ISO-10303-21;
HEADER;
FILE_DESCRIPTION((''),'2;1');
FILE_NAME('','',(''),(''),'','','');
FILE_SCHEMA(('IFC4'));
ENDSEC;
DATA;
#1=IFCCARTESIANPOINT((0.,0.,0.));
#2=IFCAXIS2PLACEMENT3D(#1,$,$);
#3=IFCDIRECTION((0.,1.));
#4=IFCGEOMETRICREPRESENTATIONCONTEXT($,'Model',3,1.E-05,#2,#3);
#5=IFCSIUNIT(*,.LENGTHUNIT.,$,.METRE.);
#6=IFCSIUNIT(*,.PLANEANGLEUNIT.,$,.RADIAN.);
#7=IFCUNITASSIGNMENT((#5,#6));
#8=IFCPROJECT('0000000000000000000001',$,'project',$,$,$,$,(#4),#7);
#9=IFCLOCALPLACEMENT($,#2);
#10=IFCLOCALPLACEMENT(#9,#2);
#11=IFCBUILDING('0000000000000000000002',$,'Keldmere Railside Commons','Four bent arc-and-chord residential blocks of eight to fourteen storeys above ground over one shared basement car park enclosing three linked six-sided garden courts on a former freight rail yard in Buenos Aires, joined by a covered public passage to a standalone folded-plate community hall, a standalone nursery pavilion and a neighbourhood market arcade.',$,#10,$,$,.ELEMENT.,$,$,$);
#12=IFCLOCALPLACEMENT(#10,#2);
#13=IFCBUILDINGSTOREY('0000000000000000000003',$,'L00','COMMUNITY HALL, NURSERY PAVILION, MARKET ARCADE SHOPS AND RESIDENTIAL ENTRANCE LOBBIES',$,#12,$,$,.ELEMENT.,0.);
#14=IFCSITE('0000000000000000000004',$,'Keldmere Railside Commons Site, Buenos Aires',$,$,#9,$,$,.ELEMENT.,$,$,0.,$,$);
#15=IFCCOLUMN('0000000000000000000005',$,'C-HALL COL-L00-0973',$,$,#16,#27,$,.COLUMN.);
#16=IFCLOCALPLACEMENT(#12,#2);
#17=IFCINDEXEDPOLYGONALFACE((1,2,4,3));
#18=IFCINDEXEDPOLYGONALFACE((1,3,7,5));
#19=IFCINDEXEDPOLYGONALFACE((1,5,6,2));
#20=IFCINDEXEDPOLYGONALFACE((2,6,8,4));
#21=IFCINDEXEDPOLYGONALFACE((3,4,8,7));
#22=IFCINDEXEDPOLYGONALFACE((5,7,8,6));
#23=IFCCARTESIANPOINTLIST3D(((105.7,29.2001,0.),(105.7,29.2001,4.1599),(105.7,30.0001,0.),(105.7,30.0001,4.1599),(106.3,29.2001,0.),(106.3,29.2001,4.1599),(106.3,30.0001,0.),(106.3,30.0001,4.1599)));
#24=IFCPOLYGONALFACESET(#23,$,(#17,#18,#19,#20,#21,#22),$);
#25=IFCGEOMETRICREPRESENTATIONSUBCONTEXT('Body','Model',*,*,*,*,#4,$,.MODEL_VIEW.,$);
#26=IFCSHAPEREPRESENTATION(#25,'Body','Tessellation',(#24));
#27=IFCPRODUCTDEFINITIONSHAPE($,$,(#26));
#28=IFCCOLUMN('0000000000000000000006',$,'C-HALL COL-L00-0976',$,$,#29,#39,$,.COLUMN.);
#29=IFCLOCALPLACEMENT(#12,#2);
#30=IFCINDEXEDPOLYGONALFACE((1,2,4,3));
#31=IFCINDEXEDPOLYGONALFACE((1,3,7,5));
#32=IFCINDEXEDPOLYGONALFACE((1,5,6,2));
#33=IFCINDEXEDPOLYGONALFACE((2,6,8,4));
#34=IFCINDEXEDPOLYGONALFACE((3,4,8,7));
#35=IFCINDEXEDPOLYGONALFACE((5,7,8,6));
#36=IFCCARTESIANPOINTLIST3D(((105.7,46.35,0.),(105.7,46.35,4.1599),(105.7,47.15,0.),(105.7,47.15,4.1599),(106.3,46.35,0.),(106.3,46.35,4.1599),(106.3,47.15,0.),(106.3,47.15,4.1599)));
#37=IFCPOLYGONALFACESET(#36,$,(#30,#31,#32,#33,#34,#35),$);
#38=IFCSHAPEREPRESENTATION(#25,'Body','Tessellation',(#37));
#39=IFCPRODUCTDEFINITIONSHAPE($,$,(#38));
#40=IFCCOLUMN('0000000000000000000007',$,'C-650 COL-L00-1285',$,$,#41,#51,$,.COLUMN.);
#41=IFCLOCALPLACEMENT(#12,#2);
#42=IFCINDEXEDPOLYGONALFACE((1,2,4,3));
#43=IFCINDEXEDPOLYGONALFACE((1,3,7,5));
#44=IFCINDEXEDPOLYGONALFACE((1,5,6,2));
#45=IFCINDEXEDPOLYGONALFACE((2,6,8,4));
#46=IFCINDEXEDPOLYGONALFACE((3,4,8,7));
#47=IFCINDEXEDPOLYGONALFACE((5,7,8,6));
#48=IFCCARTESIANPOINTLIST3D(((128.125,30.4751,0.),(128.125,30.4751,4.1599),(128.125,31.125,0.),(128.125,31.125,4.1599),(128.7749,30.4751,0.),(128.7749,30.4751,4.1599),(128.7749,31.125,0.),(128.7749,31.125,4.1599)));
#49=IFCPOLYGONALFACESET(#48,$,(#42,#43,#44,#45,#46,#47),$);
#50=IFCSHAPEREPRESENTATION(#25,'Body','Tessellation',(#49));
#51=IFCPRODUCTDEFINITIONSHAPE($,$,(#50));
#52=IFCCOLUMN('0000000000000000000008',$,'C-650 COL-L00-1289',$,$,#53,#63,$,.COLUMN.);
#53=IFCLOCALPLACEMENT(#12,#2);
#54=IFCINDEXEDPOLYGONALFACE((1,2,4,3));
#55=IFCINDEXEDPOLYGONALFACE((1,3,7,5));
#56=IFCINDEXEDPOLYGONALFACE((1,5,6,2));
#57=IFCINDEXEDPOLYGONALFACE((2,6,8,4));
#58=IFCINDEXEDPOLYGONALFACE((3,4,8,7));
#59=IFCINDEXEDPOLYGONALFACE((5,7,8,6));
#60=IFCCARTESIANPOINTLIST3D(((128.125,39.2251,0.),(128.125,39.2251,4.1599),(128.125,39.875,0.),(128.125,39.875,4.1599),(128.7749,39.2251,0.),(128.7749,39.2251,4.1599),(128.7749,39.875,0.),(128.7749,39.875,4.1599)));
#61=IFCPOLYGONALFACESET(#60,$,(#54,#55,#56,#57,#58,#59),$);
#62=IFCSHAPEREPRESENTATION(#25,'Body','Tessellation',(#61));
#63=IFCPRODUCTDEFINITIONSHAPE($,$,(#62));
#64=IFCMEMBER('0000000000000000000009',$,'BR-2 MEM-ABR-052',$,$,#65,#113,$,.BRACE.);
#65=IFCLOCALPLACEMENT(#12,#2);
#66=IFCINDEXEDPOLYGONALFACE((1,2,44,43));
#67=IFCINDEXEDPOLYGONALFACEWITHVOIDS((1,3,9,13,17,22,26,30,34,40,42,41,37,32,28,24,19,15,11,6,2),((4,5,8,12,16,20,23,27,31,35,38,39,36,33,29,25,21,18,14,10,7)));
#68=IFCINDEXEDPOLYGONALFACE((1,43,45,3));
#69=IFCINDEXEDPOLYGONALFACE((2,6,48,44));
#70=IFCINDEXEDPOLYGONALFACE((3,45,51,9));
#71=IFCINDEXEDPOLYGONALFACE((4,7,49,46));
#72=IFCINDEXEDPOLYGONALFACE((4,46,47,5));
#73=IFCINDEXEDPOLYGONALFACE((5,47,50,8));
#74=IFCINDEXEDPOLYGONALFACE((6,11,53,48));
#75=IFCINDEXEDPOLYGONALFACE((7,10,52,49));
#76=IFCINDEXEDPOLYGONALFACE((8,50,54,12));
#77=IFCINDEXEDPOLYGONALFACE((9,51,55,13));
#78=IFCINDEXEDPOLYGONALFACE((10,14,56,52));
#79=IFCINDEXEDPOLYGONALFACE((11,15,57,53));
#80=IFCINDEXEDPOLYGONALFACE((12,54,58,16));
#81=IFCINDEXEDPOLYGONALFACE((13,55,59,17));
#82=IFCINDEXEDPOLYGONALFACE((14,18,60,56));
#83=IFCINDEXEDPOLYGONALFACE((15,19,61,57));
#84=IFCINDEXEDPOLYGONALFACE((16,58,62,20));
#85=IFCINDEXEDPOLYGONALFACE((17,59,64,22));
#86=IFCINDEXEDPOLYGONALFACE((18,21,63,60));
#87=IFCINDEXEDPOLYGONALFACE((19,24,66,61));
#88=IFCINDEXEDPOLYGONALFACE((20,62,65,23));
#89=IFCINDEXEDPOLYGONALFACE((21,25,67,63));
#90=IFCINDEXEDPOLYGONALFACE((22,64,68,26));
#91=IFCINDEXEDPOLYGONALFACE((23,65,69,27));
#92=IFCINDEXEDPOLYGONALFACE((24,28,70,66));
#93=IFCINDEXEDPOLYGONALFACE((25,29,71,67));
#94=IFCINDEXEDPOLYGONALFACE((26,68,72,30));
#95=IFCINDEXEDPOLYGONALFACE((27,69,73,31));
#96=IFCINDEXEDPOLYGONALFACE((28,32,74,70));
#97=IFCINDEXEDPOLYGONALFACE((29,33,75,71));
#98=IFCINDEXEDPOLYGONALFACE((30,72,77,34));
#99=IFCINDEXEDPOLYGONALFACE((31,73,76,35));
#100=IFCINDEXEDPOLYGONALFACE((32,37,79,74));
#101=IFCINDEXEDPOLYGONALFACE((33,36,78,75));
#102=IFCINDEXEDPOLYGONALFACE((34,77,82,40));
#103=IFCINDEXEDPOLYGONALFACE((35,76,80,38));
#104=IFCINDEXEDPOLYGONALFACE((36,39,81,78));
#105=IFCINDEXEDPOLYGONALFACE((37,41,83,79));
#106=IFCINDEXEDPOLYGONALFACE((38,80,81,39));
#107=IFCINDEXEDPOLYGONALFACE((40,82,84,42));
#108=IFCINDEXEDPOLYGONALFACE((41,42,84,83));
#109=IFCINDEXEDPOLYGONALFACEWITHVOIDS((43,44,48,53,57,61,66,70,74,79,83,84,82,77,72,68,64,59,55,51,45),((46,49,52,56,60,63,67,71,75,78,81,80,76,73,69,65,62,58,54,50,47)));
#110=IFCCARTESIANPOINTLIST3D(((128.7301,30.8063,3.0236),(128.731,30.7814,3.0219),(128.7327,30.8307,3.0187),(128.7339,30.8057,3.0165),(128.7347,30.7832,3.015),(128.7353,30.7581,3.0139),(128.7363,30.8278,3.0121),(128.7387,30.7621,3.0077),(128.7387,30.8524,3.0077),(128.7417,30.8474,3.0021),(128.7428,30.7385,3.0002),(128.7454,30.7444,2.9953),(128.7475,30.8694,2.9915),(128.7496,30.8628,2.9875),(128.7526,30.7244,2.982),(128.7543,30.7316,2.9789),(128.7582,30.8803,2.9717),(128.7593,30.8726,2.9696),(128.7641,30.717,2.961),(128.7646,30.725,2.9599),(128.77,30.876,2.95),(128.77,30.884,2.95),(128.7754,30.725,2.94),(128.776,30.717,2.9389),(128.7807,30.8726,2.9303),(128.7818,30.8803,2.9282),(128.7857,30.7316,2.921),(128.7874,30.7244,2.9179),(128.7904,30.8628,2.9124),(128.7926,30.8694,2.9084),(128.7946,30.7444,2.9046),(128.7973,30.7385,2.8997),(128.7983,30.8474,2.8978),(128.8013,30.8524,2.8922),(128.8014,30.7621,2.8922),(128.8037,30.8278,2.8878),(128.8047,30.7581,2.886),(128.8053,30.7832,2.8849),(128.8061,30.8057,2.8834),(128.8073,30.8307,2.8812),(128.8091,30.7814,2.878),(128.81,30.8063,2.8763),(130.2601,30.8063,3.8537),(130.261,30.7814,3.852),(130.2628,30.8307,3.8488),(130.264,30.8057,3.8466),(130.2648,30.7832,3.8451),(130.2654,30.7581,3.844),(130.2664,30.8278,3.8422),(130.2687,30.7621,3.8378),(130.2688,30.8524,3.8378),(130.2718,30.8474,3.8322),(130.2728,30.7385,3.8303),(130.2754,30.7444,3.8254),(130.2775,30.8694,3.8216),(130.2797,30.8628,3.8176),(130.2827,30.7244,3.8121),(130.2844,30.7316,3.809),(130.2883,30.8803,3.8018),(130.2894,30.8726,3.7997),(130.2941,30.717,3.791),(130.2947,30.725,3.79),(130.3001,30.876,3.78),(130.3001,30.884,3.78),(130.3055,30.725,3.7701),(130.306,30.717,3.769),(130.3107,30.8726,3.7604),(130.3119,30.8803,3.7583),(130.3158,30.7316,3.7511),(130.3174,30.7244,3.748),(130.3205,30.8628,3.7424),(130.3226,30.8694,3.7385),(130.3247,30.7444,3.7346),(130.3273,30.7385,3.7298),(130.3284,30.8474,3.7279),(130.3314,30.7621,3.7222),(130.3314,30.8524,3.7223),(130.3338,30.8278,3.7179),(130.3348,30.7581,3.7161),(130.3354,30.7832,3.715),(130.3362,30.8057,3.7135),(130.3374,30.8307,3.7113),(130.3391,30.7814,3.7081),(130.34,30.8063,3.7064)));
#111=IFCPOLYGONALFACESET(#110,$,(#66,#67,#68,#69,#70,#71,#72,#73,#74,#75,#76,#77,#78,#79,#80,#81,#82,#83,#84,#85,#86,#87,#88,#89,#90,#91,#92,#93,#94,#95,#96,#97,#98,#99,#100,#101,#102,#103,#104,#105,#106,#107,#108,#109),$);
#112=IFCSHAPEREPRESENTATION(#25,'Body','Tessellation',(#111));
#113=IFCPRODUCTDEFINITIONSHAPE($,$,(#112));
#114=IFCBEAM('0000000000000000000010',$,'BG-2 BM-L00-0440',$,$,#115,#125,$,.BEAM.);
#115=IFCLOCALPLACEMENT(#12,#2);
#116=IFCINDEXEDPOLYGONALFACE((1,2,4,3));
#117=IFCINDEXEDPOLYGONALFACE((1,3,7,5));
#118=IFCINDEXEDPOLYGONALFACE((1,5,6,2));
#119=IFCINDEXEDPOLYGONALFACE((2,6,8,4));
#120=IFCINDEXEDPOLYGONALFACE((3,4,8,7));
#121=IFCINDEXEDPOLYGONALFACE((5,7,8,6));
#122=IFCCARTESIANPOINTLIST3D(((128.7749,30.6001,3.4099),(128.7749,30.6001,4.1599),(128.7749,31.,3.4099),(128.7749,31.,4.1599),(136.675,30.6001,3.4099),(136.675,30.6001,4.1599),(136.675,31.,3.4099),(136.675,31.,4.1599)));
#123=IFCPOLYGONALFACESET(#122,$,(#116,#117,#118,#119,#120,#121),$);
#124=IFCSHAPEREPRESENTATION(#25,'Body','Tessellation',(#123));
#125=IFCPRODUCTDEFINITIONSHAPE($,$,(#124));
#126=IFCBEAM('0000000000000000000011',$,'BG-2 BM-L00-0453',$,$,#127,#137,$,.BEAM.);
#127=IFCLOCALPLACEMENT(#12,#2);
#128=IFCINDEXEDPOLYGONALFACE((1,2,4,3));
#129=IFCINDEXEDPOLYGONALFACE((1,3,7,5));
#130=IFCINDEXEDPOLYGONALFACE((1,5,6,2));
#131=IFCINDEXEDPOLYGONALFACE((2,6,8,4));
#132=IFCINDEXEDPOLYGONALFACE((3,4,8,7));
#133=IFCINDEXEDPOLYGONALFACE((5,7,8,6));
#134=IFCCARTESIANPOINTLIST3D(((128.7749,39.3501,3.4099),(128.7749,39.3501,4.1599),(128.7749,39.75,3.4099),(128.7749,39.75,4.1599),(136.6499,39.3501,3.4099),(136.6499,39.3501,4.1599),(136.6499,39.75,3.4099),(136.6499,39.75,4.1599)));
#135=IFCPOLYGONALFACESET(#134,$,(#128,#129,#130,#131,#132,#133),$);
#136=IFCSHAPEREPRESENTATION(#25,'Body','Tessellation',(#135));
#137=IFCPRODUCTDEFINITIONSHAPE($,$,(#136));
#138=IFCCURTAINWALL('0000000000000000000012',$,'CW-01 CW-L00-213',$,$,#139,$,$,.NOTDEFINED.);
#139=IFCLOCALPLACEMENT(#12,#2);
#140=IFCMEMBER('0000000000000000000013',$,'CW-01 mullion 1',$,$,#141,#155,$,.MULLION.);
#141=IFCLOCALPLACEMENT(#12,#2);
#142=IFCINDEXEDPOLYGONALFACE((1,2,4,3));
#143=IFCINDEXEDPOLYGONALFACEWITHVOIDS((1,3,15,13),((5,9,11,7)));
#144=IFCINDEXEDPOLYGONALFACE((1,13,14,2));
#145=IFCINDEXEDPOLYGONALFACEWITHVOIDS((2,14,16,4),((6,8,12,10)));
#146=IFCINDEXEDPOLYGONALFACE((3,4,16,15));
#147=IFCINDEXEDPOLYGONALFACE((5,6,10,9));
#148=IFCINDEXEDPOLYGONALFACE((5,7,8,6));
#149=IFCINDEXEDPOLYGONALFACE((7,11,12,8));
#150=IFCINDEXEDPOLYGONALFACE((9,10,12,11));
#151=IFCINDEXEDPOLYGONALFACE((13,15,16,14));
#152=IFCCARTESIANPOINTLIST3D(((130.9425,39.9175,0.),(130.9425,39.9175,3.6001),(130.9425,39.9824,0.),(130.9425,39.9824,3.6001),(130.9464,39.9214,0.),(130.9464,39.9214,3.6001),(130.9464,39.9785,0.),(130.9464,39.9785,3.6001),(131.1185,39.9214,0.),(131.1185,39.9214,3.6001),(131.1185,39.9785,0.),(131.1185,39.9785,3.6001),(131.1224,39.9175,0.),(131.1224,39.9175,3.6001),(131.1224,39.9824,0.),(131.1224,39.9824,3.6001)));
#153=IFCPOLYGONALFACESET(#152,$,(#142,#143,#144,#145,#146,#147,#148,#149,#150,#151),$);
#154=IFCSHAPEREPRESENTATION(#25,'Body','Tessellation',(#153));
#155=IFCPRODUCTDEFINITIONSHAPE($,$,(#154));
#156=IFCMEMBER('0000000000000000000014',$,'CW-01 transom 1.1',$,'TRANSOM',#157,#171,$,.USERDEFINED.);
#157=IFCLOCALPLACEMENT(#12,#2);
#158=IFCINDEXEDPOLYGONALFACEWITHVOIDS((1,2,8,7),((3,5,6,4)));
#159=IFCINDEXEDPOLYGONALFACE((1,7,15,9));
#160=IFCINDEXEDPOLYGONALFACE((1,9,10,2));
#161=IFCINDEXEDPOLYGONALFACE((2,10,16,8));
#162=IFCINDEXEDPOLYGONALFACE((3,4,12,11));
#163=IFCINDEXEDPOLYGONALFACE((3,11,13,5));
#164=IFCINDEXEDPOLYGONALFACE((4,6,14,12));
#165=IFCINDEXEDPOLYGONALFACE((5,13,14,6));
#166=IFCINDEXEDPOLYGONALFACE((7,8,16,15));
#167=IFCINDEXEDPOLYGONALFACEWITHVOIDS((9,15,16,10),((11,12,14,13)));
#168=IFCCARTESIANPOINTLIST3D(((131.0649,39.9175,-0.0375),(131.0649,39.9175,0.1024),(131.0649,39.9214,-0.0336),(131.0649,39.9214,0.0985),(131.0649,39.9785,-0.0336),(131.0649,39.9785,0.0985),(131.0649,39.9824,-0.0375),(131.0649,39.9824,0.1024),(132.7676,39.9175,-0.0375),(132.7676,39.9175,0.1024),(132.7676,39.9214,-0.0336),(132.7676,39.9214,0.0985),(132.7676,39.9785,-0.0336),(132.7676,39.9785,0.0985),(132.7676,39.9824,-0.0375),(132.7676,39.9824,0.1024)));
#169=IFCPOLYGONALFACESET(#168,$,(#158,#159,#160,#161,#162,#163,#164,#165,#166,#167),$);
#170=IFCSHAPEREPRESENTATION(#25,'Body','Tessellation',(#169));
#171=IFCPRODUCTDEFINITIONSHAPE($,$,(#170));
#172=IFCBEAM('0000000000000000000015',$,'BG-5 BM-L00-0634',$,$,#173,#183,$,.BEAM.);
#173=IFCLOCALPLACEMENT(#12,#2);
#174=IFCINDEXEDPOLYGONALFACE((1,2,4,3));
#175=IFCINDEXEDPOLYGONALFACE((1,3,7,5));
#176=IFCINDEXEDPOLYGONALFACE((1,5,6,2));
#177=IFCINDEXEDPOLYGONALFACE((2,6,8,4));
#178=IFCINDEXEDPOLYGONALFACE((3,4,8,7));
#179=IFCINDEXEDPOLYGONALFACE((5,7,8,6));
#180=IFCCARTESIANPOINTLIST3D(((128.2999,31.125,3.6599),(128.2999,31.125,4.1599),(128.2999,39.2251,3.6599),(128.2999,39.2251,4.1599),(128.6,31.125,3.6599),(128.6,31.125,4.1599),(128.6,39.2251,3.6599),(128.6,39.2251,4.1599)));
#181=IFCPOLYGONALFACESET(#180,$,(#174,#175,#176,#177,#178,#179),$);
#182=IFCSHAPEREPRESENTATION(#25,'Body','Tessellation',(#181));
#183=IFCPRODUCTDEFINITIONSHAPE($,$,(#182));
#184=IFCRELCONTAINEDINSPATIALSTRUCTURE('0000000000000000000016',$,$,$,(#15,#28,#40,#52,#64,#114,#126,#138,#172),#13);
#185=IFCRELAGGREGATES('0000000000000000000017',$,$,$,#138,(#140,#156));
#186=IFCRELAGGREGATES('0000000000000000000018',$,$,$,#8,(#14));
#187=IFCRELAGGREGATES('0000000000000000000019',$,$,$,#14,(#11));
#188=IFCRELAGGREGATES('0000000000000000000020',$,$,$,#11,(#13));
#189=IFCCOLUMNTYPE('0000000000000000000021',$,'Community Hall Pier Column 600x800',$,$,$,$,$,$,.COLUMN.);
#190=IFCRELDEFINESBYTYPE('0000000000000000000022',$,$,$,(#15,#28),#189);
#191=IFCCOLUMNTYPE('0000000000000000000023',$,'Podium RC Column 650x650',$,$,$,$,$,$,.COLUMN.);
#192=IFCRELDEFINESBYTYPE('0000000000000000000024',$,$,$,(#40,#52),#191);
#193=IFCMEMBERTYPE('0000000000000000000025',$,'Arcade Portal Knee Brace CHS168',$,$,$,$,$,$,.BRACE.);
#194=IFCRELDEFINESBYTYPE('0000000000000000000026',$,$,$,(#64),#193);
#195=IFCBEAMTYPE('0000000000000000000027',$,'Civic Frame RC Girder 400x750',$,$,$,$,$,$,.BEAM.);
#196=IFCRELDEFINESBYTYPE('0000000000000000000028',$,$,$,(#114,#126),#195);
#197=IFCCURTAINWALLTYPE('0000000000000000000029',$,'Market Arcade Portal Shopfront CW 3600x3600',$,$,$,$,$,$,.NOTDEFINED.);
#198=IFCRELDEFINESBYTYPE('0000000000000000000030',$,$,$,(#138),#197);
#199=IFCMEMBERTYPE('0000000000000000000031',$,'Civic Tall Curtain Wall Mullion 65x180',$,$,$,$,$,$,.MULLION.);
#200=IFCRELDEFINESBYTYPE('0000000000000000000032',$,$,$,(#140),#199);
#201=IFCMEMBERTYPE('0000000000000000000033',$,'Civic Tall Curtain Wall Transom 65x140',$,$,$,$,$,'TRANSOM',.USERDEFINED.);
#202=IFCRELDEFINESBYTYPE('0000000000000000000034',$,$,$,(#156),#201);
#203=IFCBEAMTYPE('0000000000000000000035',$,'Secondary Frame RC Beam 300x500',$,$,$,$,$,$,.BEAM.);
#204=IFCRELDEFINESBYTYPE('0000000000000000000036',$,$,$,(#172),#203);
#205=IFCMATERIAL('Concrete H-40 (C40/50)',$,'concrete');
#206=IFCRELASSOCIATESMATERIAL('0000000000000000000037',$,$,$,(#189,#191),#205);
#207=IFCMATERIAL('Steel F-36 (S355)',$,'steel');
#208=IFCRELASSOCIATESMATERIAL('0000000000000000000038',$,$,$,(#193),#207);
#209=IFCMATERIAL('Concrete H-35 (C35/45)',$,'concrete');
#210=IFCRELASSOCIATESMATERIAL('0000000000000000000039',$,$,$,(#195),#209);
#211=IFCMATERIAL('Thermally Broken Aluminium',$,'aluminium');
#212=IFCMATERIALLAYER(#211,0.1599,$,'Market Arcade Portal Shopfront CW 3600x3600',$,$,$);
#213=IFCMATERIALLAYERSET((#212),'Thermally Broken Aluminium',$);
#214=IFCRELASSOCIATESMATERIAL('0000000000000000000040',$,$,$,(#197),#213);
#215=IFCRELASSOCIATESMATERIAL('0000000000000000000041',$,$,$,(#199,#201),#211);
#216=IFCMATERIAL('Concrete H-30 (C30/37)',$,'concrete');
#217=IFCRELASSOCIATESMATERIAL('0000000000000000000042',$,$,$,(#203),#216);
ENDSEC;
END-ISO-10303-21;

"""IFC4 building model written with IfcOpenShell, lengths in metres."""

from ifc_helpers import new_model, si_unit, direction, frame, origin, origin_2d, place, context, subcontext, project, spatial, rectangle, hollow_rectangle, hollow_circle, extrude, material, layer, layer_set, material_profile, profile_set, type_object, element, aggregate, save


model = new_model("IFC4")

# Units and contexts
model_context = context("Model", 3, precision=1e-05, world=origin(), true_north=direction((0.0, 1.0)))
body_context = subcontext(model_context, "Body", "Model", "MODEL_VIEW")
ifc_project = project(units=[si_unit("LENGTHUNIT", "METRE"), si_unit("PLANEANGLEUNIT", "RADIAN")], contexts=[model_context])

# Site, building, storey
site_placement = place(None, origin())
site = spatial("IfcSite", under=ifc_project, at=site_placement, Name="Keldmere Railside Commons Site, Buenos Aires", CompositionType="ELEMENT", RefElevation=0.0)
building_placement = place(site_placement, origin())
building = spatial("IfcBuilding", under=site, at=building_placement, Name="Keldmere Railside Commons", Description="Four bent arc-and-chord residential blocks of eight to fourteen storeys above ground over one shared basement car park enclosing three linked six-sided garden courts on a former freight rail yard in Buenos Aires, joined by a covered public passage to a standalone folded-plate community hall, a standalone nursery pavilion and a neighbourhood market arcade.", CompositionType="ELEMENT")
storey_placement = place(building_placement, origin())
storey = spatial("IfcBuildingStorey", under=building, at=storey_placement, Name="L00", Description="COMMUNITY HALL, NURSERY PAVILION, MARKET ARCADE SHOPS AND RESIDENTIAL ENTRANCE LOBBIES", CompositionType="ELEMENT", Elevation=0.0)

# Columns
ifc_material_1 = material(Name="Concrete H-40 (C40/50)", Category="concrete")
ifc_material_profile_1 = material_profile(ifc_material_1, rectangle(XDim=0.6001, YDim=0.8, at=origin_2d()), Name="RC-600x800")
ifc_profile_set_1 = profile_set([ifc_material_profile_1], Name="Concrete H-40 (C40/50)")
column_type_1 = type_object("IfcColumnType", Name="Community Hall Pier Column 600x800", PredefinedType="COLUMN", material=ifc_profile_set_1)
for number, where, z_axis, x_axis, name in (
    (1, (106.0, 29.6001, 0.0), (0.0, 0.0, 1.0), (1.0, 0.0, 0.0), "C-HALL COL-L00-0973"),
    (2, (106.0, 46.75, 0.0), (0.0, 0.0, 1.0), (1.0, 0.0, 0.0), "C-HALL COL-L00-0976"),
):
    element("IfcColumn", number, at=place(storey_placement, frame(where, z_axis=z_axis, x_axis=x_axis)), inside=storey, type_object=column_type_1, Name=name, PredefinedType="COLUMN", context=body_context, shape_type="SweptSolid", body=[
        extrude(rectangle(XDim=0.6001, YDim=0.8, at=origin_2d()), origin(), (0.0, 0.0, 1.0), 4.1599),
    ])
ifc_material_profile_2 = material_profile(ifc_material_1, rectangle(XDim=0.6499, YDim=0.6499, at=origin_2d()), Name="RC-650x650")
ifc_profile_set_2 = profile_set([ifc_material_profile_2], Name="Concrete H-40 (C40/50)")
column_type_2 = type_object("IfcColumnType", Name="Podium RC Column 650x650", PredefinedType="COLUMN", material=ifc_profile_set_2)
for number, where, z_axis, x_axis, name in (
    (3, (128.45, 30.8, 0.0), (0.0, 0.0, 1.0), (1.0, 0.0, 0.0), "C-650 COL-L00-1285"),
    (4, (128.45, 39.55, 0.0), (0.0, 0.0, 1.0), (1.0, 0.0, 0.0), "C-650 COL-L00-1289"),
):
    element("IfcColumn", number, at=place(storey_placement, frame(where, z_axis=z_axis, x_axis=x_axis)), inside=storey, type_object=column_type_2, Name=name, PredefinedType="COLUMN", context=body_context, shape_type="SweptSolid", body=[
        extrude(rectangle(XDim=0.6499, YDim=0.6499, at=origin_2d()), origin(), (0.0, 0.0, 1.0), 4.1599),
    ])

# Member
ifc_material_2 = material(Name="Steel F-36 (S355)", Category="steel")
ifc_material_profile_3 = material_profile(ifc_material_2, hollow_circle(Radius=0.084, WallThickness=0.0081, at=origin_2d()), Name="CHS-168x8")
ifc_profile_set_3 = profile_set([ifc_material_profile_3], Name="Steel F-36 (S355)")
member_type_1 = type_object("IfcMemberType", Name="Arcade Portal Knee Brace CHS168", PredefinedType="BRACE", material=ifc_profile_set_3)
member_1_placement = place(storey_placement, frame((128.77, 30.8, 2.95), z_axis=(0.878976, 0.0, 0.476866), x_axis=(0.0, 1.0, 0.0)))
element("IfcMember", 5, at=member_1_placement, inside=storey, type_object=member_type_1, Name="BR-2 MEM-ABR-052", PredefinedType="BRACE", context=body_context, shape_type="SweptSolid", body=[
    extrude(hollow_circle(Radius=0.084, WallThickness=0.0081, at=origin_2d()), origin(), (0.0, 0.0, 1.0), 1.7407),
])

# Beams
ifc_material_3 = material(Name="Concrete H-35 (C35/45)", Category="concrete")
ifc_material_profile_4 = material_profile(ifc_material_3, rectangle(XDim=0.3999, YDim=0.75, at=origin_2d()), Name="RC-400x750")
ifc_profile_set_4 = profile_set([ifc_material_profile_4], Name="Concrete H-35 (C35/45)")
beam_type_1 = type_object("IfcBeamType", Name="Civic Frame RC Girder 400x750", PredefinedType="BEAM", material=ifc_profile_set_4)
beam_1_placement = place(storey_placement, frame((128.7749, 30.8, 3.7849), z_axis=(1.0, 0.0, 0.0), x_axis=(0.0, 1.0, 0.0)))
element("IfcBeam", 6, at=beam_1_placement, inside=storey, type_object=beam_type_1, Name="BG-2 BM-L00-0440", PredefinedType="BEAM", context=body_context, shape_type="SweptSolid", body=[
    extrude(rectangle(XDim=0.3999, YDim=0.75, at=origin_2d()), origin(), (0.0, 0.0, 1.0), 7.9001),
])
beam_2_placement = place(storey_placement, frame((128.7749, 39.55, 3.7849), z_axis=(1.0, 0.0, 0.0), x_axis=(0.0, 1.0, 0.0)))
element("IfcBeam", 7, at=beam_2_placement, inside=storey, type_object=beam_type_1, Name="BG-2 BM-L00-0453", PredefinedType="BEAM", context=body_context, shape_type="SweptSolid", body=[
    extrude(rectangle(XDim=0.3999, YDim=0.75, at=origin_2d()), origin(), (0.0, 0.0, 1.0), 7.875),
])

# Curtain wall, members
ifc_material_4 = material(Name="Thermally Broken Aluminium", Category="aluminium")
ifc_layer_1 = layer(ifc_material_4, 0.1599, Name="Market Arcade Portal Shopfront CW 3600x3600")
ifc_layer_set_1 = layer_set([ifc_layer_1], Name="Thermally Broken Aluminium")
curtain_wall_type = type_object("IfcCurtainWallType", Name="Market Arcade Portal Shopfront CW 3600x3600", PredefinedType="NOTDEFINED", material=ifc_layer_set_1)
curtain_wall_placement = place(storey_placement, origin())
curtain_wall = element("IfcCurtainWall", 8, at=curtain_wall_placement, inside=storey, type_object=curtain_wall_type, Name="CW-01 CW-L00-213", PredefinedType="NOTDEFINED")
ifc_material_profile_5 = material_profile(ifc_material_4, hollow_rectangle(XDim=0.0649, YDim=0.1799, WallThickness=0.0039, at=origin_2d()), Name="ALU-MULL-65x180")
ifc_profile_set_5 = profile_set([ifc_material_profile_5], Name="Thermally Broken Aluminium")
member_type_2 = type_object("IfcMemberType", Name="Civic Tall Curtain Wall Mullion 65x180", PredefinedType="MULLION", material=ifc_profile_set_5)
member_2_placement = place(storey_placement, frame((131.0325, 39.95, 0.0), z_axis=(0.0, 0.0, 1.0), x_axis=(0.0, 1.0, 0.0)))
member_2 = element("IfcMember", 9, at=member_2_placement, type_object=member_type_2, Name="CW-01 mullion 1", PredefinedType="MULLION", context=body_context, shape_type="SweptSolid", body=[
    extrude(hollow_rectangle(XDim=0.0649, YDim=0.1799, WallThickness=0.0039, at=origin_2d()), origin(), (0.0, 0.0, 1.0), 3.6001),
])
ifc_material_profile_6 = material_profile(ifc_material_4, hollow_rectangle(XDim=0.0649, YDim=0.1399, WallThickness=0.0039, at=origin_2d()), Name="ALU-TRAN-65x140")
ifc_profile_set_6 = profile_set([ifc_material_profile_6], Name="Thermally Broken Aluminium")
member_type_3 = type_object("IfcMemberType", Name="Civic Tall Curtain Wall Transom 65x140", ElementType="TRANSOM", PredefinedType="USERDEFINED", material=ifc_profile_set_6)
member_3_placement = place(storey_placement, frame((131.0649, 39.95, 0.0325), z_axis=(1.0, 0.0, 0.0), x_axis=(0.0, 1.0, 0.0)))
member_3 = element("IfcMember", 10, at=member_3_placement, type_object=member_type_3, Name="CW-01 transom 1.1", ObjectType="TRANSOM", PredefinedType="USERDEFINED", context=body_context, shape_type="SweptSolid", body=[
    extrude(hollow_rectangle(XDim=0.0649, YDim=0.1399, WallThickness=0.0039, at=origin_2d()), origin(), (0.0, 0.0, 1.0), 1.7026),
])
aggregate(curtain_wall, [member_2, member_3])

# Beam
ifc_material_5 = material(Name="Concrete H-30 (C30/37)", Category="concrete")
ifc_material_profile_7 = material_profile(ifc_material_5, rectangle(XDim=0.3, YDim=0.5, at=origin_2d()), Name="RC-300x500")
ifc_profile_set_7 = profile_set([ifc_material_profile_7], Name="Concrete H-30 (C30/37)")
beam_type_2 = type_object("IfcBeamType", Name="Secondary Frame RC Beam 300x500", PredefinedType="BEAM", material=ifc_profile_set_7)
beam_3_placement = place(storey_placement, frame((128.45, 31.125, 3.9099), z_axis=(0.0, 1.0, 0.0), x_axis=(-1.0, 0.0, 0.0)))
element("IfcBeam", 11, at=beam_3_placement, inside=storey, type_object=beam_type_2, Name="BG-5 BM-L00-0634", PredefinedType="BEAM", context=body_context, shape_type="SweptSolid", body=[
    extrude(rectangle(XDim=0.3, YDim=0.5, at=origin_2d()), origin(), (0.0, 0.0, 1.0), 8.1001),
])

save(model, "model.ifc")
